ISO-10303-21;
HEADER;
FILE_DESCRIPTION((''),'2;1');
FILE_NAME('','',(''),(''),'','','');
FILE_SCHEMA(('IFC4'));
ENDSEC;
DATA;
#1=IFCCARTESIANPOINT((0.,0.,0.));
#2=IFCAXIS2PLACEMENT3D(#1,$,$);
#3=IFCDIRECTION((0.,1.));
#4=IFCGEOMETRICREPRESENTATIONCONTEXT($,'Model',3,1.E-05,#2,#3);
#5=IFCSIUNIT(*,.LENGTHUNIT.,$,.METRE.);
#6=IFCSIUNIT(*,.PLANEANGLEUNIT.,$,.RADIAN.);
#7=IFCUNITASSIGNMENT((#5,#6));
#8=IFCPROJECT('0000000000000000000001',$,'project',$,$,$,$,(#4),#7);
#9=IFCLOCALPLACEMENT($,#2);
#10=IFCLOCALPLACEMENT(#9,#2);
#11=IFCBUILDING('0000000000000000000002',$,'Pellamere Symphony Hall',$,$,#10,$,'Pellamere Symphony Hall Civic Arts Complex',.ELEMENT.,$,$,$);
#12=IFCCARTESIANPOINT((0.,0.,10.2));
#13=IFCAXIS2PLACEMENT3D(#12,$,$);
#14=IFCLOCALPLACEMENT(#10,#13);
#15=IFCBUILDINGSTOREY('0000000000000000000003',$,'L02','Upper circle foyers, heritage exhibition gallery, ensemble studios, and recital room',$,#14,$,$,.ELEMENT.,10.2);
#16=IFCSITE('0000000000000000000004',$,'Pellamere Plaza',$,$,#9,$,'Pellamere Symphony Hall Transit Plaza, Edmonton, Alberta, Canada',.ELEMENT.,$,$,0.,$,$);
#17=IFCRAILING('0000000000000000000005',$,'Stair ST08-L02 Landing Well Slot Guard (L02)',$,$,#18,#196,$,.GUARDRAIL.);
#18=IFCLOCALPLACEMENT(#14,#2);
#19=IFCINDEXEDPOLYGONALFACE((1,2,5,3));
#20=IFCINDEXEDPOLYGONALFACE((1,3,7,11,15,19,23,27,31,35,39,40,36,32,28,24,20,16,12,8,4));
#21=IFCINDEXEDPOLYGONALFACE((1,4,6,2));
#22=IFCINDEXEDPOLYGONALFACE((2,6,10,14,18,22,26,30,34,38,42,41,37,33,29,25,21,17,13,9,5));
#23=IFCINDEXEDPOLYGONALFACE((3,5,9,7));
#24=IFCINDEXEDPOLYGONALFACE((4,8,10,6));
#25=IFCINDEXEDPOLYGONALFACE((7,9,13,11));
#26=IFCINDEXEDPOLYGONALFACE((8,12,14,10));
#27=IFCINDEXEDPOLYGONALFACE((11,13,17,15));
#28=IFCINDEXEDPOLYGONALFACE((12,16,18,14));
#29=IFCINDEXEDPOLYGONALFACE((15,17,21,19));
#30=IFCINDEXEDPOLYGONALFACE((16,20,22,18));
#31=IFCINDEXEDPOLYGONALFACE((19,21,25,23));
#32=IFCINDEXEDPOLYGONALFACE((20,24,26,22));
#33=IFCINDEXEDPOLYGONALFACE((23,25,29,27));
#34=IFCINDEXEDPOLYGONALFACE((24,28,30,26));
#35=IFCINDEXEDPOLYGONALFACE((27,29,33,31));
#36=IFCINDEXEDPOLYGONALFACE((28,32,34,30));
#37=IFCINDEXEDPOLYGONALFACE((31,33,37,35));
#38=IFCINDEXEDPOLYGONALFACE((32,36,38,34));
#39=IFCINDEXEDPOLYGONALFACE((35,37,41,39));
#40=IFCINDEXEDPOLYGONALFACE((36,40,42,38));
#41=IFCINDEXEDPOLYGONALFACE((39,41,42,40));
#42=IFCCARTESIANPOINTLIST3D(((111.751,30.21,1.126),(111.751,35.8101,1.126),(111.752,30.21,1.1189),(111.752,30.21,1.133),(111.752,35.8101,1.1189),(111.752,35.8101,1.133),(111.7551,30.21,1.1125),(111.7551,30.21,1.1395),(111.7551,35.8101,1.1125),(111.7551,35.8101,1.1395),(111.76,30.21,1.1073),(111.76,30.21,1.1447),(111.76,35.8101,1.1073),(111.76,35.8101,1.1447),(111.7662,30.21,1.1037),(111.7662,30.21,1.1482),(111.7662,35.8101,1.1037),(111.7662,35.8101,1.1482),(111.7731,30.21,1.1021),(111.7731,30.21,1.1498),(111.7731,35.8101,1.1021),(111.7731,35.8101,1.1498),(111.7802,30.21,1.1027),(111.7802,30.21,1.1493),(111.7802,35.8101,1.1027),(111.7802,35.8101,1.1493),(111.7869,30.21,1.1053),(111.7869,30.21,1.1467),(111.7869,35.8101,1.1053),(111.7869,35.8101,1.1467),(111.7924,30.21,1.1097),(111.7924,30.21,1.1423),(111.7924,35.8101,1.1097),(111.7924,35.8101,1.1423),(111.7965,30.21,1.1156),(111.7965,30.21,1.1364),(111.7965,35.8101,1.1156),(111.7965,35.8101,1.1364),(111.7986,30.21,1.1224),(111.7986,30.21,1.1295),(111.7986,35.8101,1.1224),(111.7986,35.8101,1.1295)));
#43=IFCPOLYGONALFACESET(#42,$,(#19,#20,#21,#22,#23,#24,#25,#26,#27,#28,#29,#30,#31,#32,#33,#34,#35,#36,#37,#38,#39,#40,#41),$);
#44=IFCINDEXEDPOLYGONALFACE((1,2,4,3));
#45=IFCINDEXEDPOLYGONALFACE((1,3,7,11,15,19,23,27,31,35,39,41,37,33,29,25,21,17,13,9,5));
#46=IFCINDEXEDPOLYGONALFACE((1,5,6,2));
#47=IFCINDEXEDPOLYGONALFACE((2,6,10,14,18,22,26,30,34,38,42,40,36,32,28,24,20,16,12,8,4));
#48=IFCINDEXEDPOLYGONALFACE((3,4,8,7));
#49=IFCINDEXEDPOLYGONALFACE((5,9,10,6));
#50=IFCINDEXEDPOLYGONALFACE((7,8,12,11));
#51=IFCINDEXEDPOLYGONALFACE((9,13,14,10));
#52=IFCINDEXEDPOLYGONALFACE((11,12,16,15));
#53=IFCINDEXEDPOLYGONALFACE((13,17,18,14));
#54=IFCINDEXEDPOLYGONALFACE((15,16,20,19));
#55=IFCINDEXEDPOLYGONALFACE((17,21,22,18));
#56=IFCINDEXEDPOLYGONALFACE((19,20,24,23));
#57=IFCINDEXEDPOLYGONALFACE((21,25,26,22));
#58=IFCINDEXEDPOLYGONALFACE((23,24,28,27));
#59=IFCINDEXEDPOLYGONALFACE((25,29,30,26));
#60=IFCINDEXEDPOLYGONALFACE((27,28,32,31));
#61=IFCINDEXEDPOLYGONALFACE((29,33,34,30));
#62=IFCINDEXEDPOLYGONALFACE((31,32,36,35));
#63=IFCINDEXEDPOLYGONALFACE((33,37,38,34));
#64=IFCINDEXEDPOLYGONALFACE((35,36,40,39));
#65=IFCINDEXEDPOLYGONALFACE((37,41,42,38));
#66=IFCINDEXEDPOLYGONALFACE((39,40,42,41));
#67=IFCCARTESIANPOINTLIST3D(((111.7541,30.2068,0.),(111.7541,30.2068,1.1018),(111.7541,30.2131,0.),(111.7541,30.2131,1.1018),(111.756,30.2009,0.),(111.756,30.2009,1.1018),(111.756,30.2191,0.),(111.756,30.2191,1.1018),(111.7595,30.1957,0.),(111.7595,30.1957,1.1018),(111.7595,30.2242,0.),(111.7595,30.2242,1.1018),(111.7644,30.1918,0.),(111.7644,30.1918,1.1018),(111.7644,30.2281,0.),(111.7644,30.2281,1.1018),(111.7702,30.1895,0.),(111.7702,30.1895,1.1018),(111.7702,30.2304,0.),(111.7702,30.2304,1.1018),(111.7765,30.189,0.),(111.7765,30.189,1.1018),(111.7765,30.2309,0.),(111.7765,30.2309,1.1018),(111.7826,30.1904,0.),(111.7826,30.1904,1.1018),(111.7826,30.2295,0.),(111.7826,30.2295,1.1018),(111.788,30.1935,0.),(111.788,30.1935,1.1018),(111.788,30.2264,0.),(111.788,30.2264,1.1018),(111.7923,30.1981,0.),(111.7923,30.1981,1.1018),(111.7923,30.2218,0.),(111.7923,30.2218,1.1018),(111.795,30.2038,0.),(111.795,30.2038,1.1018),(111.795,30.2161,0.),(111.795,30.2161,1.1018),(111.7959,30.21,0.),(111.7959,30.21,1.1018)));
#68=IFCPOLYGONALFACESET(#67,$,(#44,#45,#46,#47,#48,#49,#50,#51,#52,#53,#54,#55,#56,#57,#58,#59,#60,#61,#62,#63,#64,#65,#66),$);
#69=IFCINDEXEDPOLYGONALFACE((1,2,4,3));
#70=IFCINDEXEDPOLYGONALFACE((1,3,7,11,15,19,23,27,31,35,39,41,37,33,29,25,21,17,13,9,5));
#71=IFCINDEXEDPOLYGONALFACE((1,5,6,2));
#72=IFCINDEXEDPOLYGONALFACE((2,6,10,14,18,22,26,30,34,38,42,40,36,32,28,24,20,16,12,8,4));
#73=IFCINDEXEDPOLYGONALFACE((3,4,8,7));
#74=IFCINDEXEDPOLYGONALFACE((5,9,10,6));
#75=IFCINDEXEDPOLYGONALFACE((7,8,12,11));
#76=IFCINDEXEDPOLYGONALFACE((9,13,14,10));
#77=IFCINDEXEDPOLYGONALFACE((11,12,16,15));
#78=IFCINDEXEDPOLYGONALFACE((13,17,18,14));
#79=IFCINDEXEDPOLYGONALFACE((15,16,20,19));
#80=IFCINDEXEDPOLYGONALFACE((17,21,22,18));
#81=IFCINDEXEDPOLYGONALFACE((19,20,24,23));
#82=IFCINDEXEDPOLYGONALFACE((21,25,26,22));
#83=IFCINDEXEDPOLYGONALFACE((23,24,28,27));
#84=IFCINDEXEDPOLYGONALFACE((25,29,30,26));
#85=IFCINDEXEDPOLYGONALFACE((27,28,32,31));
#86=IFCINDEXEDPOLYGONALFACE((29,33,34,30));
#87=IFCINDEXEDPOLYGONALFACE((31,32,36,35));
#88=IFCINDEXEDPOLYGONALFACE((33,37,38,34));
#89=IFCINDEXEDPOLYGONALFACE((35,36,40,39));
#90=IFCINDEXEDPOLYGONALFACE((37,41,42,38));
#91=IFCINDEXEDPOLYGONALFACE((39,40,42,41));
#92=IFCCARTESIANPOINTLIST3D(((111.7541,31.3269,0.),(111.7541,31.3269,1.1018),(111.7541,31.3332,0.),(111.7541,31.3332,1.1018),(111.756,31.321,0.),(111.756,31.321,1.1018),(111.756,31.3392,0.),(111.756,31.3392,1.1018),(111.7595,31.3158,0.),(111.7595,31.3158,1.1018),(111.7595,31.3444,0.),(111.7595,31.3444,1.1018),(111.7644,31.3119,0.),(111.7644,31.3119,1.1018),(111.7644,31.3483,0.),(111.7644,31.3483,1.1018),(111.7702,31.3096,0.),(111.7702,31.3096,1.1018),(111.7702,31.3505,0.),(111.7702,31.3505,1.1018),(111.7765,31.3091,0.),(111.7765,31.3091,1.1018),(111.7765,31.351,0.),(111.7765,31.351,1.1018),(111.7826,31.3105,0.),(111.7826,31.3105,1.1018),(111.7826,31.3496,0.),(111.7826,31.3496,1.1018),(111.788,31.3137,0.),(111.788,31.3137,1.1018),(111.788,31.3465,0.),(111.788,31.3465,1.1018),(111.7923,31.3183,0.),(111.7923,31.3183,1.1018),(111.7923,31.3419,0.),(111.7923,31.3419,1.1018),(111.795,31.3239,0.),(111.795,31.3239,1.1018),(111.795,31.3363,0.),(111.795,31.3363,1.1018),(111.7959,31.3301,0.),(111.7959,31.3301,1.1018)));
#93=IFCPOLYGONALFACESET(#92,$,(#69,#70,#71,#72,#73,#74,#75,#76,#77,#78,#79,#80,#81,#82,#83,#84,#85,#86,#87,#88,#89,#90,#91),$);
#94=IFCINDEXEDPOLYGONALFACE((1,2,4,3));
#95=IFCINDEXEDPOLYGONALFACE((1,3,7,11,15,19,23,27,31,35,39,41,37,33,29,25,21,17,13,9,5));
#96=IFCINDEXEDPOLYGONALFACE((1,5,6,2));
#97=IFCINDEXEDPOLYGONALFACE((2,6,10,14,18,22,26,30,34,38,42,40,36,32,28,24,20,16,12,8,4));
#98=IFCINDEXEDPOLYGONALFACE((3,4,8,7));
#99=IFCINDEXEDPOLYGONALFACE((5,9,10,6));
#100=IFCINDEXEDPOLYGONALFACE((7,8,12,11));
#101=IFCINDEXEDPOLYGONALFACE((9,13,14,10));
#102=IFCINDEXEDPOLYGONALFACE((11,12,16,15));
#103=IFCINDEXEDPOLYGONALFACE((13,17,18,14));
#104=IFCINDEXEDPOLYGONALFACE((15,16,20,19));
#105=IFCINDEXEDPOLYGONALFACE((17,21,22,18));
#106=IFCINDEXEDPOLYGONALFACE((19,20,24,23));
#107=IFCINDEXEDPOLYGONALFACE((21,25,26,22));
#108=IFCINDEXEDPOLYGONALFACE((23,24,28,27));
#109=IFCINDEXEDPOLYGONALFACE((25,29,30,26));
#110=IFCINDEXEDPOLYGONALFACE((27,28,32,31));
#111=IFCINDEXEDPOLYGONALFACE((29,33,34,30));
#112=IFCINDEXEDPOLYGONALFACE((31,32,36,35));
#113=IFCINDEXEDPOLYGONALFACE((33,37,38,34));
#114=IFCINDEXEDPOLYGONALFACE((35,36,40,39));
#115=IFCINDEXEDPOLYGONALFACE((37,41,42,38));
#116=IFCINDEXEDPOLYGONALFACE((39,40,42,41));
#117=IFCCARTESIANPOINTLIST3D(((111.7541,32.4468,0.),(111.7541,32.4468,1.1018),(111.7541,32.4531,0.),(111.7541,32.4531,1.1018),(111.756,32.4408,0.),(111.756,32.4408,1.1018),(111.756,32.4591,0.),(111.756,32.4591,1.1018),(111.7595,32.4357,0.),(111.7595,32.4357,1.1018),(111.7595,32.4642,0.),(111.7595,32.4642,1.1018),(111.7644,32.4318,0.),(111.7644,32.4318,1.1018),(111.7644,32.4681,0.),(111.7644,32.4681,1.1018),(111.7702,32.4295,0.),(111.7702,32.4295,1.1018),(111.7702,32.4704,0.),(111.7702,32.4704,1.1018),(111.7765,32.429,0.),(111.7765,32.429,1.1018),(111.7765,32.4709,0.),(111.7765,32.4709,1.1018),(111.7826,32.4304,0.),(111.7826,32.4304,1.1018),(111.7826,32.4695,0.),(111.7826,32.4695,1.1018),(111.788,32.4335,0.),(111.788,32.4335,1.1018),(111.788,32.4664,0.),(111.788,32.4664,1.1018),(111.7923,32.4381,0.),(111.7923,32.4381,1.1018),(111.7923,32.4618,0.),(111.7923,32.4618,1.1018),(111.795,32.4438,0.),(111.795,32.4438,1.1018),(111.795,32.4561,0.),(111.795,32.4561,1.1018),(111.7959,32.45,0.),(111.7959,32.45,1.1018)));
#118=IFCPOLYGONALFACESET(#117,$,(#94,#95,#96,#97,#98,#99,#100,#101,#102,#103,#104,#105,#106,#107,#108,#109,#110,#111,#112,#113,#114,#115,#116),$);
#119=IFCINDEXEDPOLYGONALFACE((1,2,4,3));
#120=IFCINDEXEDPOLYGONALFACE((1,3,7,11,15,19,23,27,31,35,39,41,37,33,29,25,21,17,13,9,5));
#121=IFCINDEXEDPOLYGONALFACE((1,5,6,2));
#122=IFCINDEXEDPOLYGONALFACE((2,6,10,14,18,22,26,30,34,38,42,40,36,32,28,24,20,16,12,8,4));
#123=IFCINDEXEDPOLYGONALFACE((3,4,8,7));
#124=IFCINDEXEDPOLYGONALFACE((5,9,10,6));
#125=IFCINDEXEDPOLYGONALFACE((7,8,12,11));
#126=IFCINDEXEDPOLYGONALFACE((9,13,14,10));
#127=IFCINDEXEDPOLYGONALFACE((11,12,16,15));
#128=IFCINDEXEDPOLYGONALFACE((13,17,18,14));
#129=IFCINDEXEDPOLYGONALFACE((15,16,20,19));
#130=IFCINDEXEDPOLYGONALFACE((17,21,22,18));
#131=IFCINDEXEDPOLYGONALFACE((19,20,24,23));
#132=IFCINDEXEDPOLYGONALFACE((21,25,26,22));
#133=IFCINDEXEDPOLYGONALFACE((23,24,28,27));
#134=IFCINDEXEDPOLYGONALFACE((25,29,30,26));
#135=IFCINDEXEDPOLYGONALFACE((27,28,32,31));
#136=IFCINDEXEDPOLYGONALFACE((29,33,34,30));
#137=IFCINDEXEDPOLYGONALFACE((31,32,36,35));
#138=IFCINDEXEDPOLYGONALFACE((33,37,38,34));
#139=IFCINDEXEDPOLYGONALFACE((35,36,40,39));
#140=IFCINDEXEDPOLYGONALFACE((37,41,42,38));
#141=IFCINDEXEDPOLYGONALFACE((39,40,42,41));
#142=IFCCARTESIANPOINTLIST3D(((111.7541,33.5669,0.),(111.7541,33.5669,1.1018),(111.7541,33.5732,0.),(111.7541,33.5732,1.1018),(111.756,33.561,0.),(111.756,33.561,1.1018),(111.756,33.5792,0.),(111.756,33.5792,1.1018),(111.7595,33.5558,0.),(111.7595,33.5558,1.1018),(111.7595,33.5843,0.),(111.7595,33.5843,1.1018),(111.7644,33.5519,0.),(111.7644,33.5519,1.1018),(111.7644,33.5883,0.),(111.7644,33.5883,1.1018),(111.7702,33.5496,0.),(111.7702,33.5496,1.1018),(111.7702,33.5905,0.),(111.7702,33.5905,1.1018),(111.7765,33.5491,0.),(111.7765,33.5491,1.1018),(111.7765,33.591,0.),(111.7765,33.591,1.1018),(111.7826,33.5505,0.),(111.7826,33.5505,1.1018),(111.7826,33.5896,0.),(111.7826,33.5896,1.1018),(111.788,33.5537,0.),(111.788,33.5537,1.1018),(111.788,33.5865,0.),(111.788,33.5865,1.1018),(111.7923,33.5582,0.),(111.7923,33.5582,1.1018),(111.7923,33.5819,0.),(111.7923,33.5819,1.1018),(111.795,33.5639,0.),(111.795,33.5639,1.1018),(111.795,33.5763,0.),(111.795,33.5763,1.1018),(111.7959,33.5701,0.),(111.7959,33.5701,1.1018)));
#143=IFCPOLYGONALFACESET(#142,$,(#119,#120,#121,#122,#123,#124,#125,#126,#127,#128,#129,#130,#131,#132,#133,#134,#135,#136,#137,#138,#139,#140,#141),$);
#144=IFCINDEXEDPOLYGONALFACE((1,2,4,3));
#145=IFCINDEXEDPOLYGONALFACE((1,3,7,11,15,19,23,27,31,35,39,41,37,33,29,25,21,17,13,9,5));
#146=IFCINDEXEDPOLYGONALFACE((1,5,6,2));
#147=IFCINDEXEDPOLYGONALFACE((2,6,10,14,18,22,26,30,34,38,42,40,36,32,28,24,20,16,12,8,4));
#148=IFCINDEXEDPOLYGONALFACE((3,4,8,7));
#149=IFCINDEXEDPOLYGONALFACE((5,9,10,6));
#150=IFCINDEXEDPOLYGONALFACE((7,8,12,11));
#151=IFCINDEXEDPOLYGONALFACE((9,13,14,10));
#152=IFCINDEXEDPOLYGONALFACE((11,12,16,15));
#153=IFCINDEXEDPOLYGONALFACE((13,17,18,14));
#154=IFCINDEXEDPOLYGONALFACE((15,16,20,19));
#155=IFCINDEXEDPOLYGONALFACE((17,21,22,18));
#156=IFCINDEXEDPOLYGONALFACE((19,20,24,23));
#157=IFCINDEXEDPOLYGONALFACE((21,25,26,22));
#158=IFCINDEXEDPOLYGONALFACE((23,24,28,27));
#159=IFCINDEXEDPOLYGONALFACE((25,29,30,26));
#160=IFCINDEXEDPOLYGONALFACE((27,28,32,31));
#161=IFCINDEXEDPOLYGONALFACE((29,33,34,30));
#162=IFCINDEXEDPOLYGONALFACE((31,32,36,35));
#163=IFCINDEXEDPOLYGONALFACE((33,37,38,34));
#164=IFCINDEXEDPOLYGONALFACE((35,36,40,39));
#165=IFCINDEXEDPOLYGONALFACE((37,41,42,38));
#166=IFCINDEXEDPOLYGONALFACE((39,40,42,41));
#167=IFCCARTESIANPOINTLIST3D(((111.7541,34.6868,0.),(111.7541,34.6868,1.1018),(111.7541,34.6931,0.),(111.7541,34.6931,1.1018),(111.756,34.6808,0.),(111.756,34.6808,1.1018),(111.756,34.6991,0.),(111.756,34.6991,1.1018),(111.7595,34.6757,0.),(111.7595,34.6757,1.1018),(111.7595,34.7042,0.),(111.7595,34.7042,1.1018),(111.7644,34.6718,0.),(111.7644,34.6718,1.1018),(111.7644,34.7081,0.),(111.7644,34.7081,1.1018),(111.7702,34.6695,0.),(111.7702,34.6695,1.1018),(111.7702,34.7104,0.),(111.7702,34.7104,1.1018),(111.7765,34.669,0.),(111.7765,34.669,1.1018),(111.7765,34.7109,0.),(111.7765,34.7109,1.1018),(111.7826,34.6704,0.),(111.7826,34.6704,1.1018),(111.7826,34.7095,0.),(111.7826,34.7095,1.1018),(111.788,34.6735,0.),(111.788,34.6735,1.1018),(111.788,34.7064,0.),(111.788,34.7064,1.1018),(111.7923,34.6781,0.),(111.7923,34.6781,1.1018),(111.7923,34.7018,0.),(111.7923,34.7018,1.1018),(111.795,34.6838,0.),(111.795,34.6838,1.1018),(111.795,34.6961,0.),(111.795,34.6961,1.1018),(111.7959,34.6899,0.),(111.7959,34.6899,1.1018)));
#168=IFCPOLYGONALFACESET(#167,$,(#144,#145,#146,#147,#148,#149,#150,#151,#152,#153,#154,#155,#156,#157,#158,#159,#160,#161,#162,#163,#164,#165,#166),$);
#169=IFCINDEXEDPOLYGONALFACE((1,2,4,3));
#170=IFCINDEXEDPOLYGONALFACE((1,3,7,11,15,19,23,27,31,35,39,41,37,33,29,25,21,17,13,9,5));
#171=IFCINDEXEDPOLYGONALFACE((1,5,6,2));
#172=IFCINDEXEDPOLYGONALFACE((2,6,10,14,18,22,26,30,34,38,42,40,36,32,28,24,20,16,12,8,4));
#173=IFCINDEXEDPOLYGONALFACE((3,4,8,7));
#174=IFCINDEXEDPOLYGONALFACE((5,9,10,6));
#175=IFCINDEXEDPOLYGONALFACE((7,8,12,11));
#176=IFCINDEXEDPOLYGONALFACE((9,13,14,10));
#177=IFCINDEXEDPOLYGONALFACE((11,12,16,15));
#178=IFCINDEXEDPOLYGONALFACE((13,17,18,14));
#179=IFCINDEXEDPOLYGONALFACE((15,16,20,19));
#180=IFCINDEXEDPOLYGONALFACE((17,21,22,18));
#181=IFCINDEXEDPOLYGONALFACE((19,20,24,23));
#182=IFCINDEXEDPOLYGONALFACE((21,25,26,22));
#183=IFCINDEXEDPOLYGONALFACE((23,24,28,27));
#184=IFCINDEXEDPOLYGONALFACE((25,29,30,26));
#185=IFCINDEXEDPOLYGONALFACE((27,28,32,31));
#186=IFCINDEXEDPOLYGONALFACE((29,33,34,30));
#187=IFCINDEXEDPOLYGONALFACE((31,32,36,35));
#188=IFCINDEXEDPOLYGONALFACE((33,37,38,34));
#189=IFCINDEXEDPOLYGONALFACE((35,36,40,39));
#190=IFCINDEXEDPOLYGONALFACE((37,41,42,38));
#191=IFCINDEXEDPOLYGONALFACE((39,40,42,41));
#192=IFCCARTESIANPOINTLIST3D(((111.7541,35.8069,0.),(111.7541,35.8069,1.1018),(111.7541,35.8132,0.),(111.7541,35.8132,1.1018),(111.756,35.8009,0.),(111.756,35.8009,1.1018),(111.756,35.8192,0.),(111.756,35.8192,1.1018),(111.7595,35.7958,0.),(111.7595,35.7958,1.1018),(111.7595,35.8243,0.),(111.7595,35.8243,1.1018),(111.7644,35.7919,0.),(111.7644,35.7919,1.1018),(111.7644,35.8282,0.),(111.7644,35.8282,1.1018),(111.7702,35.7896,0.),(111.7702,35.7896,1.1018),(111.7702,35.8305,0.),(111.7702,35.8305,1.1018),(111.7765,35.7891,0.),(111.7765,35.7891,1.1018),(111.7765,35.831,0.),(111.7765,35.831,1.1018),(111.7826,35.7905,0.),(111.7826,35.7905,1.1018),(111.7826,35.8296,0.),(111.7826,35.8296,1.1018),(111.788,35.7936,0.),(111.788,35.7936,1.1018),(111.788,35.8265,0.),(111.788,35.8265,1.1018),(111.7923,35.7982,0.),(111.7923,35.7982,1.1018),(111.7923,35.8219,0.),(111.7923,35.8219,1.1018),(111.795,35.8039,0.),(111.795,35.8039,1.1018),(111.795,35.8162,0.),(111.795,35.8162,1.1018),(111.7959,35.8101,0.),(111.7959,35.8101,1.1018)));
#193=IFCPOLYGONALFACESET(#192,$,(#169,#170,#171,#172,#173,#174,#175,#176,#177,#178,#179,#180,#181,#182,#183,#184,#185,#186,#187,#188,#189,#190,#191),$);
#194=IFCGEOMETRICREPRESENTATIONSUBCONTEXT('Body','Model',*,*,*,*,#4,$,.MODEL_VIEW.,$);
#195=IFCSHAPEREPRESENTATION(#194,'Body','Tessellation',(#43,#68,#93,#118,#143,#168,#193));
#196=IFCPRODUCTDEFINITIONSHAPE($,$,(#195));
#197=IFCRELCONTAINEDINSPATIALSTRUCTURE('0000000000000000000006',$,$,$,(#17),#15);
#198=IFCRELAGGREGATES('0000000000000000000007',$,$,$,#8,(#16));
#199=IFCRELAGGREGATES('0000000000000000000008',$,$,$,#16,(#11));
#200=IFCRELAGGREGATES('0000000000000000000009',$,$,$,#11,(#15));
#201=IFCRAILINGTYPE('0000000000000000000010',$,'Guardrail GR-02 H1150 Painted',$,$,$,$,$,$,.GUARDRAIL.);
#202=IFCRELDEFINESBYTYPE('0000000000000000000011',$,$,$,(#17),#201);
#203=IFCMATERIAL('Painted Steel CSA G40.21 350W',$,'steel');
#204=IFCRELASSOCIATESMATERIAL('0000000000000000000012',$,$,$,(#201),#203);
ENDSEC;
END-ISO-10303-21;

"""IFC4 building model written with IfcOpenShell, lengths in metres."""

from ifc_helpers import new_model, si_unit, direction, frame, origin, origin_2d, place, context, subcontext, project, spatial, circle, extrude, material, type_object, element, save


model = new_model("IFC4")

# Units and contexts
model_context = context("Model", 3, precision=1e-05, world=origin(), true_north=direction((0.0, 1.0)))
body_context = subcontext(model_context, "Body", "Model", "MODEL_VIEW")
ifc_project = project(units=[si_unit("LENGTHUNIT", "METRE"), si_unit("PLANEANGLEUNIT", "RADIAN")], contexts=[model_context])

# Site, building, storey
site_placement = place(None, origin())
site = spatial("IfcSite", under=ifc_project, at=site_placement, Name="Pellamere Plaza", LongName="Pellamere Symphony Hall Transit Plaza, Edmonton, Alberta, Canada", CompositionType="ELEMENT", RefElevation=0.0)
building_placement = place(site_placement, origin())
building = spatial("IfcBuilding", under=site, at=building_placement, Name="Pellamere Symphony Hall", LongName="Pellamere Symphony Hall Civic Arts Complex", CompositionType="ELEMENT")
storey_placement = place(building_placement, frame((0.0, 0.0, 10.2)))
storey = spatial("IfcBuildingStorey", under=building, at=storey_placement, Name="L02", Description="Upper circle foyers, heritage exhibition gallery, ensemble studios, and recital room", CompositionType="ELEMENT", Elevation=10.2)

# Railing
ifc_material_1 = material(Name="Painted Steel CSA G40.21 350W", Category="steel")
railing_type_1 = type_object("IfcRailingType", Name="Guardrail GR-02 H1150 Painted", PredefinedType="GUARDRAIL", material=ifc_material_1)
railing_1_placement = place(storey_placement, frame((111.7749, 30.21, 0.0)))
element("IfcRailing", 1, at=railing_1_placement, inside=storey, type_object=railing_type_1, Name="Stair ST08-L02 Landing Well Slot Guard (L02)", PredefinedType="GUARDRAIL", context=body_context, shape_type="SweptSolid", body=[
    extrude(circle(Radius=0.0239, at=origin_2d()), frame((0.0, 0.0, 1.126), z_axis=(0.0, 1.0, 0.0), x_axis=(-1.0, 0.0, 0.0)), (0.0, 0.0, 1.0), 5.6001),
    extrude(circle(Radius=0.021, at=origin_2d()), origin(), (0.0, 0.0, 1.0), 1.1018),
    extrude(circle(Radius=0.021, at=origin_2d()), frame((0.0, 1.1201, 0.0)), (0.0, 0.0, 1.0), 1.1018),
    extrude(circle(Radius=0.021, at=origin_2d()), frame((0.0, 2.24, 0.0)), (0.0, 0.0, 1.0), 1.1018),
    extrude(circle(Radius=0.021, at=origin_2d()), frame((0.0, 3.3601, 0.0)), (0.0, 0.0, 1.0), 1.1018),
    extrude(circle(Radius=0.021, at=origin_2d()), frame((0.0, 4.48, 0.0)), (0.0, 0.0, 1.0), 1.1018),
    extrude(circle(Radius=0.021, at=origin_2d()), frame((0.0, 5.6001, 0.0)), (0.0, 0.0, 1.0), 1.1018),
])

save(model, "model.ifc")
